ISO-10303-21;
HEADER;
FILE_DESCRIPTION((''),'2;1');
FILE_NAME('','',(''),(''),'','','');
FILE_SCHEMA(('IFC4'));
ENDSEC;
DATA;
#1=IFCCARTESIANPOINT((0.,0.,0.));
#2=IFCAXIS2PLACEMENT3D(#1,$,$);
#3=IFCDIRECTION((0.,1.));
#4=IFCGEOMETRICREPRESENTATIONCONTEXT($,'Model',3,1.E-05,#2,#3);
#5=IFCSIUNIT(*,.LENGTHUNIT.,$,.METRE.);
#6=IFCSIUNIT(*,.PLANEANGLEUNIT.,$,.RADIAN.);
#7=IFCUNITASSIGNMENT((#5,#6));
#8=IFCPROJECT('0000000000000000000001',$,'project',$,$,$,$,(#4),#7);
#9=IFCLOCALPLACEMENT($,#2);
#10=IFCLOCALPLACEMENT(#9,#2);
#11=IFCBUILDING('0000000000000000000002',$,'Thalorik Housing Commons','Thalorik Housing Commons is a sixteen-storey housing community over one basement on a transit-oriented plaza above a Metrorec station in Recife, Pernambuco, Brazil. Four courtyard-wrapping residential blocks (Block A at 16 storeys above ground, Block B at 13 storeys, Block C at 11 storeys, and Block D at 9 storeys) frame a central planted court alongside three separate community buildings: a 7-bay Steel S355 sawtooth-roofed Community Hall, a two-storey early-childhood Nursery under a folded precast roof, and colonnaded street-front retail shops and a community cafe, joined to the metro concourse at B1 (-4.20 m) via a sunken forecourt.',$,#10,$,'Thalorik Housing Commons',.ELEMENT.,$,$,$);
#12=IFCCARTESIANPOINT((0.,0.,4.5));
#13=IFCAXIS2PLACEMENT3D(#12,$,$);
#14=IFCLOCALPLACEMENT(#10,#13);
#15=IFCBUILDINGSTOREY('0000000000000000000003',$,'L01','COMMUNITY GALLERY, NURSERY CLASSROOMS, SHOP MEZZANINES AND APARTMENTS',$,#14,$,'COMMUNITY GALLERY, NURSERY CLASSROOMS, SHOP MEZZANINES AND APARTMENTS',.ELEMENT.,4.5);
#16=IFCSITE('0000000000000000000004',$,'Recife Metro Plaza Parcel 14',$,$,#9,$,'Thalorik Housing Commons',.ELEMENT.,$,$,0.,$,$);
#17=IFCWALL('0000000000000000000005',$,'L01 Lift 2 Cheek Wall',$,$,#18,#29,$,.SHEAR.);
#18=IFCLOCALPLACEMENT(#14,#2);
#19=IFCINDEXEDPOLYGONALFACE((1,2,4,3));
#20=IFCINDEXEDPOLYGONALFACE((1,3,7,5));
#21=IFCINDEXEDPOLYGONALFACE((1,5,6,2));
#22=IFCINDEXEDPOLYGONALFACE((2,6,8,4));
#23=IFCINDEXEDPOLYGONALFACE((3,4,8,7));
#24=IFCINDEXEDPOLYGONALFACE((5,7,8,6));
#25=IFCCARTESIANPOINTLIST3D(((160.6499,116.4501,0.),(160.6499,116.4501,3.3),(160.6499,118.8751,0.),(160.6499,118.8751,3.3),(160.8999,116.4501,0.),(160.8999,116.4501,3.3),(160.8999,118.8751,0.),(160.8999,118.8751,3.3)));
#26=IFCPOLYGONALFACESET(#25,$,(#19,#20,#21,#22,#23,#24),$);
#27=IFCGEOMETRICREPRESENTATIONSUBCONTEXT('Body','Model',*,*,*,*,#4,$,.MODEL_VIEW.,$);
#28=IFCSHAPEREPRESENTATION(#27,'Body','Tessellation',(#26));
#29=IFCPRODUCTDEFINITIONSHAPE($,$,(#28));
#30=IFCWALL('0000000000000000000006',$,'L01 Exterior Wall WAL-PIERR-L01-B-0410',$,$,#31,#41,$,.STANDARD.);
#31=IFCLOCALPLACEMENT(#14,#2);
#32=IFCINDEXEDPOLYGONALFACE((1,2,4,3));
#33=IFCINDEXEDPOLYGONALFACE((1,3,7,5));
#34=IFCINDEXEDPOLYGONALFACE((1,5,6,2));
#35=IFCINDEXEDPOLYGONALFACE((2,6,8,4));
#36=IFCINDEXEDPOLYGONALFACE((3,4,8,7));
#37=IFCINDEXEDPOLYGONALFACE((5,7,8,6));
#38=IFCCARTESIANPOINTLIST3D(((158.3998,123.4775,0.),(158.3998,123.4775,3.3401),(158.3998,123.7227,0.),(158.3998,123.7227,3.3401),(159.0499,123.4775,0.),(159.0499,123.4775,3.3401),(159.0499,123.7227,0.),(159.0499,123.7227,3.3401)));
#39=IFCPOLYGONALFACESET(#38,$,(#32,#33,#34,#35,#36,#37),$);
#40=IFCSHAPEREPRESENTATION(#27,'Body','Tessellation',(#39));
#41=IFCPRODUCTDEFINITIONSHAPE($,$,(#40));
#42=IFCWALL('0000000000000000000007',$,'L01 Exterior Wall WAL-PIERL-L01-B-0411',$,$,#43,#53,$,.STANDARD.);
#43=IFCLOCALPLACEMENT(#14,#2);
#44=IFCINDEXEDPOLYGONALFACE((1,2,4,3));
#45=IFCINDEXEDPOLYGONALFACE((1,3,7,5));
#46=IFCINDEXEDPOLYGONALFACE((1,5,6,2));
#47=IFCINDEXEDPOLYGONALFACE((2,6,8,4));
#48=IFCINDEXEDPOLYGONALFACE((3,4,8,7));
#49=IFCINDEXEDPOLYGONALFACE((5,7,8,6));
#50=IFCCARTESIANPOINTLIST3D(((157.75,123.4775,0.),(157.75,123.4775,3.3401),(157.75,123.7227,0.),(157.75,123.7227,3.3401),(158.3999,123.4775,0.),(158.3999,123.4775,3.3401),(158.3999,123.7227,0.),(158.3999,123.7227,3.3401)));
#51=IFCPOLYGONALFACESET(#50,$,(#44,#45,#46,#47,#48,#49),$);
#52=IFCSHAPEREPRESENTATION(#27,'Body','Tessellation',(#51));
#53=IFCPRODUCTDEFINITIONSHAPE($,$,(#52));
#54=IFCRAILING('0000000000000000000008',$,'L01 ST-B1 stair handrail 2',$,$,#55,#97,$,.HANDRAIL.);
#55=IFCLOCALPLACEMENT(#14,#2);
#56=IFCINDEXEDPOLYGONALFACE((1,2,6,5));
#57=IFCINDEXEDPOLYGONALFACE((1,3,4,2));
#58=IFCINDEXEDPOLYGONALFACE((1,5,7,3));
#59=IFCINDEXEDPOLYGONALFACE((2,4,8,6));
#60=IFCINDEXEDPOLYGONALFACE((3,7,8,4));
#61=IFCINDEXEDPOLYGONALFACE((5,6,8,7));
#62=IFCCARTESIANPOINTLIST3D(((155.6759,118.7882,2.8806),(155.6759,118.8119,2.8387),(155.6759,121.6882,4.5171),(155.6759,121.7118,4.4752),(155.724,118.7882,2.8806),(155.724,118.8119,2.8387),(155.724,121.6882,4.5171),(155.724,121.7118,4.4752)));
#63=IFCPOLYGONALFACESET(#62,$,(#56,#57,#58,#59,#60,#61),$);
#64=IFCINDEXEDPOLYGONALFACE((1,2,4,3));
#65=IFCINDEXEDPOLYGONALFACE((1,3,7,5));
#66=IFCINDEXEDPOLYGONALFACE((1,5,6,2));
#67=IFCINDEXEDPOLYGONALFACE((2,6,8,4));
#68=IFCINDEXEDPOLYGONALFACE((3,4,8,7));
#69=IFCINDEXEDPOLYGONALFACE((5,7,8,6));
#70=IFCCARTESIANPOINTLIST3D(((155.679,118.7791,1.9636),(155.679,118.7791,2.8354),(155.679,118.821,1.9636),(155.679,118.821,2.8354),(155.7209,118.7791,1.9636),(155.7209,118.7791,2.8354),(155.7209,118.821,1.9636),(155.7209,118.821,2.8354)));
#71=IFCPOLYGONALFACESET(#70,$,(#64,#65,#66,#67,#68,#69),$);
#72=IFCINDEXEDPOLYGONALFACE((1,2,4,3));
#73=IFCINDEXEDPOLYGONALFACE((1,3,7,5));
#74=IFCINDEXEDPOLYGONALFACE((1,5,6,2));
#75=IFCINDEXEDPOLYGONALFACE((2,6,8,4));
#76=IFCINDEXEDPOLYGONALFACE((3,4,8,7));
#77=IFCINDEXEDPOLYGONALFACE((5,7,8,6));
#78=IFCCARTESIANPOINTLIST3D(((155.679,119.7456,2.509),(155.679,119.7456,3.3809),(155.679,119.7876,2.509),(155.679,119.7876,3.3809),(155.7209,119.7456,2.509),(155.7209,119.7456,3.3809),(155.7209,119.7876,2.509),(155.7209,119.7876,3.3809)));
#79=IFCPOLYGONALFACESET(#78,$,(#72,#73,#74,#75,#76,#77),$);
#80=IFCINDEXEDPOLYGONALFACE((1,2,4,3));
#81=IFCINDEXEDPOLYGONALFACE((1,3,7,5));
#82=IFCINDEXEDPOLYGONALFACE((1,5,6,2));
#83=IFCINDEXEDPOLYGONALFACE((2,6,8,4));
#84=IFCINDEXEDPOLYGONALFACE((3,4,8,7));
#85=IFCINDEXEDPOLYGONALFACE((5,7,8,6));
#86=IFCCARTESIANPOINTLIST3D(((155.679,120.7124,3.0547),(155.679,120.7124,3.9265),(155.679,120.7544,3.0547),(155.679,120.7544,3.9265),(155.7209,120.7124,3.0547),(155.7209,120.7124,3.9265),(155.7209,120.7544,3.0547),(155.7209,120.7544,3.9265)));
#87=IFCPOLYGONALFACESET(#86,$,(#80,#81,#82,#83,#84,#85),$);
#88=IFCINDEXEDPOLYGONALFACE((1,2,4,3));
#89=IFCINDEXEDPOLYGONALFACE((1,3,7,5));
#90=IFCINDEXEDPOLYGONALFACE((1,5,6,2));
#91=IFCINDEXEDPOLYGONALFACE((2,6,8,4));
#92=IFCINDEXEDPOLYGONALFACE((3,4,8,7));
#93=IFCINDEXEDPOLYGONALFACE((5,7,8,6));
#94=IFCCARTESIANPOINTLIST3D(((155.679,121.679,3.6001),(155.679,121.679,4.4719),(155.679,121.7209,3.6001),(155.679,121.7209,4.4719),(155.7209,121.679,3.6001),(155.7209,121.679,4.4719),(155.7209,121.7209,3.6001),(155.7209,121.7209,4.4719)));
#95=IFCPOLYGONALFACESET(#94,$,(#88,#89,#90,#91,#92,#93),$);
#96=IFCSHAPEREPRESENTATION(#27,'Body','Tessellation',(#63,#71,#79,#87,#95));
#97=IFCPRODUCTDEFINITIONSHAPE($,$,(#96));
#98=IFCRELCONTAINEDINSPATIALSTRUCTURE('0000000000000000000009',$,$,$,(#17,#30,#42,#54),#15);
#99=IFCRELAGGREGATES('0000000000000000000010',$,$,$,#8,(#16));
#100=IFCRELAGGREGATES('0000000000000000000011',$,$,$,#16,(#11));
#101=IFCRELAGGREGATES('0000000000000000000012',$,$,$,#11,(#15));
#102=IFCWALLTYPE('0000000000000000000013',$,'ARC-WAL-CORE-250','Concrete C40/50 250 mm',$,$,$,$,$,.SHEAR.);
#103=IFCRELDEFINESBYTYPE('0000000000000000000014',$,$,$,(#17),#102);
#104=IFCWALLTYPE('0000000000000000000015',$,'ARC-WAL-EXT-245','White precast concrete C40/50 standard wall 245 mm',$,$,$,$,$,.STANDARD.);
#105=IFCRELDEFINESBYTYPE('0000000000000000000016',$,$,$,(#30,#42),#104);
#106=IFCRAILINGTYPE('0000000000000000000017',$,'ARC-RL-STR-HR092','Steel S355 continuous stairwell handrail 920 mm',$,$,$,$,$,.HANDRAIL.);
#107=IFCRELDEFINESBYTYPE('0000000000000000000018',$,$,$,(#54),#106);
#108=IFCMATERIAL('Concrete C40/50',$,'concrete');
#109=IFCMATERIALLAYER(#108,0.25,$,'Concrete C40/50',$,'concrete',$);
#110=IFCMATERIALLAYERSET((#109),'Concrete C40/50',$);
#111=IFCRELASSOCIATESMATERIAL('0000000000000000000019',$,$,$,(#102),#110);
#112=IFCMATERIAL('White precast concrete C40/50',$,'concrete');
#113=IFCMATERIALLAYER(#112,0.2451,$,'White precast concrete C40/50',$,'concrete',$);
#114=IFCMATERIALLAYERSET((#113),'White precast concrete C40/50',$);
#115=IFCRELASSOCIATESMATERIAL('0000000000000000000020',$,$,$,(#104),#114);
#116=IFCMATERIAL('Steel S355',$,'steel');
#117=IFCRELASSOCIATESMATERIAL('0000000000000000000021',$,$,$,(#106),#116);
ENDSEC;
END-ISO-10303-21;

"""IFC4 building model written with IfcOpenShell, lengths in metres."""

from ifc_helpers import new_model, si_unit, direction, frame, frame_2d, origin, origin_2d, place, context, subcontext, project, spatial, rectangle, extrude, material, layer, layer_set, type_object, element, save


model = new_model("IFC4")

# Units and contexts
model_context = context("Model", 3, precision=1e-05, world=origin(), true_north=direction((0.0, 1.0)))
body_context = subcontext(model_context, "Body", "Model", "MODEL_VIEW")
ifc_project = project(units=[si_unit("LENGTHUNIT", "METRE"), si_unit("PLANEANGLEUNIT", "RADIAN")], contexts=[model_context])

# Site, building, storey
site_placement = place(None, origin())
site = spatial("IfcSite", under=ifc_project, at=site_placement, Name="Recife Metro Plaza Parcel 14", LongName="Thalorik Housing Commons", CompositionType="ELEMENT", RefElevation=0.0)
building_placement = place(site_placement, origin())
building = spatial("IfcBuilding", under=site, at=building_placement, Name="Thalorik Housing Commons", Description="Thalorik Housing Commons is a sixteen-storey housing community over one basement on a transit-oriented plaza above a Metrorec station in Recife, Pernambuco, Brazil. Four courtyard-wrapping residential blocks (Block A at 16 storeys above ground, Block B at 13 storeys, Block C at 11 storeys, and Block D at 9 storeys) frame a central planted court alongside three separate community buildings: a 7-bay Steel S355 sawtooth-roofed Community Hall, a two-storey early-childhood Nursery under a folded precast roof, and colonnaded street-front retail shops and a community cafe, joined to the metro concourse at B1 (-4.20 m) via a sunken forecourt.", LongName="Thalorik Housing Commons", CompositionType="ELEMENT")
storey_placement = place(building_placement, frame((0.0, 0.0, 4.5)))
storey = spatial("IfcBuildingStorey", under=building, at=storey_placement, Name="L01", Description="COMMUNITY GALLERY, NURSERY CLASSROOMS, SHOP MEZZANINES AND APARTMENTS", LongName="COMMUNITY GALLERY, NURSERY CLASSROOMS, SHOP MEZZANINES AND APARTMENTS", CompositionType="ELEMENT", Elevation=4.5)

# Shared definitions
ifc_material_1 = material(Name="Concrete C40/50", Category="concrete")
ifc_layer_1 = layer(ifc_material_1, 0.25, Name="Concrete C40/50", Category="concrete")
ifc_layer_set_1 = layer_set([ifc_layer_1], Name="Concrete C40/50")
wall_type_1 = type_object("IfcWallType", Name="ARC-WAL-CORE-250", Description="Concrete C40/50 250 mm", PredefinedType="SHEAR", material=ifc_layer_set_1)
ifc_material_2 = material(Name="Steel S355", Category="steel")

# Walls
for number, where, z_axis, x_axis, name in (
    (1, (160.7749, 118.875, 0.0), (0.0, 0.0, 1.0), (0.0, -1.0, 0.0), "L01 Lift 2 Cheek Wall"),
):
    element("IfcWall", number, at=place(storey_placement, frame(where, z_axis=z_axis, x_axis=x_axis)), inside=storey, type_object=wall_type_1, Name=name, PredefinedType="SHEAR", context=body_context, shape_type="SweptSolid", body=[
        extrude(rectangle(XDim=2.425, YDim=0.25, at=frame_2d((1.2124, 0.0))), origin(), (0.0, 0.0, 1.0), 3.3),
    ])
ifc_material_3 = material(Name="White precast concrete C40/50", Category="concrete")
ifc_layer_2 = layer(ifc_material_3, 0.2451, Name="White precast concrete C40/50", Category="concrete")
ifc_layer_set_2 = layer_set([ifc_layer_2], Name="White precast concrete C40/50")
wall_type_2 = type_object("IfcWallType", Name="ARC-WAL-EXT-245", Description="White precast concrete C40/50 standard wall 245 mm", PredefinedType="STANDARD", material=ifc_layer_set_2)
wall_1_placement = place(storey_placement, frame((159.05, 123.6001, 0.0), z_axis=(0.0, 0.0, 1.0), x_axis=(-1.0, 0.0, 0.0)))
element("IfcWall", 2, at=wall_1_placement, inside=storey, type_object=wall_type_2, Name="L01 Exterior Wall WAL-PIERR-L01-B-0410", PredefinedType="STANDARD", context=body_context, shape_type="SweptSolid", body=[
    extrude(rectangle(XDim=0.6501, YDim=0.2451, at=frame_2d((0.3252, 0.0))), origin(), (0.0, 0.0, 1.0), 3.3401),
])
wall_2_placement = place(storey_placement, frame((158.3999, 123.6001, 0.0), z_axis=(0.0, 0.0, 1.0), x_axis=(-1.0, 0.0, 0.0)))
element("IfcWall", 3, at=wall_2_placement, inside=storey, type_object=wall_type_2, Name="L01 Exterior Wall WAL-PIERL-L01-B-0411", PredefinedType="STANDARD", context=body_context, shape_type="SweptSolid", body=[
    extrude(rectangle(XDim=0.6499, YDim=0.2451, at=frame_2d((0.325, 0.0))), origin(), (0.0, 0.0, 1.0), 3.3401),
])

# Railing
railing_type = type_object("IfcRailingType", Name="ARC-RL-STR-HR092", Description="Steel S355 continuous stairwell handrail 920 mm", PredefinedType="HANDRAIL", material=ifc_material_2)
railing_placement = place(storey_placement, frame((155.7, 118.8, 1.9636)))
element("IfcRailing", 4, at=railing_placement, inside=storey, type_object=railing_type, Name="L01 ST-B1 stair handrail 2", PredefinedType="HANDRAIL", context=body_context, shape_type="SweptSolid", body=[
    extrude(rectangle(XDim=0.0481, YDim=0.0481, at=origin_2d()), frame((0.0, 0.0, 0.896), z_axis=(0.0, 0.870897, 0.491465), x_axis=(-1.0, 0.0, 0.0)), (0.0, 0.0, 1.0), 3.3298),
    extrude(rectangle(XDim=0.042, YDim=0.042, at=origin_2d()), origin(), (0.0, 0.0, 1.0), 0.8718),
    extrude(rectangle(XDim=0.042, YDim=0.042, at=origin_2d()), frame((0.0, 0.9666, 0.5454)), (0.0, 0.0, 1.0), 0.8718),
    extrude(rectangle(XDim=0.042, YDim=0.042, at=origin_2d()), frame((0.0, 1.9333, 1.0911)), (0.0, 0.0, 1.0), 0.8718),
    extrude(rectangle(XDim=0.042, YDim=0.042, at=origin_2d()), frame((0.0, 2.8999, 1.6365)), (0.0, 0.0, 1.0), 0.8718),
])

save(model, "model.ifc")
